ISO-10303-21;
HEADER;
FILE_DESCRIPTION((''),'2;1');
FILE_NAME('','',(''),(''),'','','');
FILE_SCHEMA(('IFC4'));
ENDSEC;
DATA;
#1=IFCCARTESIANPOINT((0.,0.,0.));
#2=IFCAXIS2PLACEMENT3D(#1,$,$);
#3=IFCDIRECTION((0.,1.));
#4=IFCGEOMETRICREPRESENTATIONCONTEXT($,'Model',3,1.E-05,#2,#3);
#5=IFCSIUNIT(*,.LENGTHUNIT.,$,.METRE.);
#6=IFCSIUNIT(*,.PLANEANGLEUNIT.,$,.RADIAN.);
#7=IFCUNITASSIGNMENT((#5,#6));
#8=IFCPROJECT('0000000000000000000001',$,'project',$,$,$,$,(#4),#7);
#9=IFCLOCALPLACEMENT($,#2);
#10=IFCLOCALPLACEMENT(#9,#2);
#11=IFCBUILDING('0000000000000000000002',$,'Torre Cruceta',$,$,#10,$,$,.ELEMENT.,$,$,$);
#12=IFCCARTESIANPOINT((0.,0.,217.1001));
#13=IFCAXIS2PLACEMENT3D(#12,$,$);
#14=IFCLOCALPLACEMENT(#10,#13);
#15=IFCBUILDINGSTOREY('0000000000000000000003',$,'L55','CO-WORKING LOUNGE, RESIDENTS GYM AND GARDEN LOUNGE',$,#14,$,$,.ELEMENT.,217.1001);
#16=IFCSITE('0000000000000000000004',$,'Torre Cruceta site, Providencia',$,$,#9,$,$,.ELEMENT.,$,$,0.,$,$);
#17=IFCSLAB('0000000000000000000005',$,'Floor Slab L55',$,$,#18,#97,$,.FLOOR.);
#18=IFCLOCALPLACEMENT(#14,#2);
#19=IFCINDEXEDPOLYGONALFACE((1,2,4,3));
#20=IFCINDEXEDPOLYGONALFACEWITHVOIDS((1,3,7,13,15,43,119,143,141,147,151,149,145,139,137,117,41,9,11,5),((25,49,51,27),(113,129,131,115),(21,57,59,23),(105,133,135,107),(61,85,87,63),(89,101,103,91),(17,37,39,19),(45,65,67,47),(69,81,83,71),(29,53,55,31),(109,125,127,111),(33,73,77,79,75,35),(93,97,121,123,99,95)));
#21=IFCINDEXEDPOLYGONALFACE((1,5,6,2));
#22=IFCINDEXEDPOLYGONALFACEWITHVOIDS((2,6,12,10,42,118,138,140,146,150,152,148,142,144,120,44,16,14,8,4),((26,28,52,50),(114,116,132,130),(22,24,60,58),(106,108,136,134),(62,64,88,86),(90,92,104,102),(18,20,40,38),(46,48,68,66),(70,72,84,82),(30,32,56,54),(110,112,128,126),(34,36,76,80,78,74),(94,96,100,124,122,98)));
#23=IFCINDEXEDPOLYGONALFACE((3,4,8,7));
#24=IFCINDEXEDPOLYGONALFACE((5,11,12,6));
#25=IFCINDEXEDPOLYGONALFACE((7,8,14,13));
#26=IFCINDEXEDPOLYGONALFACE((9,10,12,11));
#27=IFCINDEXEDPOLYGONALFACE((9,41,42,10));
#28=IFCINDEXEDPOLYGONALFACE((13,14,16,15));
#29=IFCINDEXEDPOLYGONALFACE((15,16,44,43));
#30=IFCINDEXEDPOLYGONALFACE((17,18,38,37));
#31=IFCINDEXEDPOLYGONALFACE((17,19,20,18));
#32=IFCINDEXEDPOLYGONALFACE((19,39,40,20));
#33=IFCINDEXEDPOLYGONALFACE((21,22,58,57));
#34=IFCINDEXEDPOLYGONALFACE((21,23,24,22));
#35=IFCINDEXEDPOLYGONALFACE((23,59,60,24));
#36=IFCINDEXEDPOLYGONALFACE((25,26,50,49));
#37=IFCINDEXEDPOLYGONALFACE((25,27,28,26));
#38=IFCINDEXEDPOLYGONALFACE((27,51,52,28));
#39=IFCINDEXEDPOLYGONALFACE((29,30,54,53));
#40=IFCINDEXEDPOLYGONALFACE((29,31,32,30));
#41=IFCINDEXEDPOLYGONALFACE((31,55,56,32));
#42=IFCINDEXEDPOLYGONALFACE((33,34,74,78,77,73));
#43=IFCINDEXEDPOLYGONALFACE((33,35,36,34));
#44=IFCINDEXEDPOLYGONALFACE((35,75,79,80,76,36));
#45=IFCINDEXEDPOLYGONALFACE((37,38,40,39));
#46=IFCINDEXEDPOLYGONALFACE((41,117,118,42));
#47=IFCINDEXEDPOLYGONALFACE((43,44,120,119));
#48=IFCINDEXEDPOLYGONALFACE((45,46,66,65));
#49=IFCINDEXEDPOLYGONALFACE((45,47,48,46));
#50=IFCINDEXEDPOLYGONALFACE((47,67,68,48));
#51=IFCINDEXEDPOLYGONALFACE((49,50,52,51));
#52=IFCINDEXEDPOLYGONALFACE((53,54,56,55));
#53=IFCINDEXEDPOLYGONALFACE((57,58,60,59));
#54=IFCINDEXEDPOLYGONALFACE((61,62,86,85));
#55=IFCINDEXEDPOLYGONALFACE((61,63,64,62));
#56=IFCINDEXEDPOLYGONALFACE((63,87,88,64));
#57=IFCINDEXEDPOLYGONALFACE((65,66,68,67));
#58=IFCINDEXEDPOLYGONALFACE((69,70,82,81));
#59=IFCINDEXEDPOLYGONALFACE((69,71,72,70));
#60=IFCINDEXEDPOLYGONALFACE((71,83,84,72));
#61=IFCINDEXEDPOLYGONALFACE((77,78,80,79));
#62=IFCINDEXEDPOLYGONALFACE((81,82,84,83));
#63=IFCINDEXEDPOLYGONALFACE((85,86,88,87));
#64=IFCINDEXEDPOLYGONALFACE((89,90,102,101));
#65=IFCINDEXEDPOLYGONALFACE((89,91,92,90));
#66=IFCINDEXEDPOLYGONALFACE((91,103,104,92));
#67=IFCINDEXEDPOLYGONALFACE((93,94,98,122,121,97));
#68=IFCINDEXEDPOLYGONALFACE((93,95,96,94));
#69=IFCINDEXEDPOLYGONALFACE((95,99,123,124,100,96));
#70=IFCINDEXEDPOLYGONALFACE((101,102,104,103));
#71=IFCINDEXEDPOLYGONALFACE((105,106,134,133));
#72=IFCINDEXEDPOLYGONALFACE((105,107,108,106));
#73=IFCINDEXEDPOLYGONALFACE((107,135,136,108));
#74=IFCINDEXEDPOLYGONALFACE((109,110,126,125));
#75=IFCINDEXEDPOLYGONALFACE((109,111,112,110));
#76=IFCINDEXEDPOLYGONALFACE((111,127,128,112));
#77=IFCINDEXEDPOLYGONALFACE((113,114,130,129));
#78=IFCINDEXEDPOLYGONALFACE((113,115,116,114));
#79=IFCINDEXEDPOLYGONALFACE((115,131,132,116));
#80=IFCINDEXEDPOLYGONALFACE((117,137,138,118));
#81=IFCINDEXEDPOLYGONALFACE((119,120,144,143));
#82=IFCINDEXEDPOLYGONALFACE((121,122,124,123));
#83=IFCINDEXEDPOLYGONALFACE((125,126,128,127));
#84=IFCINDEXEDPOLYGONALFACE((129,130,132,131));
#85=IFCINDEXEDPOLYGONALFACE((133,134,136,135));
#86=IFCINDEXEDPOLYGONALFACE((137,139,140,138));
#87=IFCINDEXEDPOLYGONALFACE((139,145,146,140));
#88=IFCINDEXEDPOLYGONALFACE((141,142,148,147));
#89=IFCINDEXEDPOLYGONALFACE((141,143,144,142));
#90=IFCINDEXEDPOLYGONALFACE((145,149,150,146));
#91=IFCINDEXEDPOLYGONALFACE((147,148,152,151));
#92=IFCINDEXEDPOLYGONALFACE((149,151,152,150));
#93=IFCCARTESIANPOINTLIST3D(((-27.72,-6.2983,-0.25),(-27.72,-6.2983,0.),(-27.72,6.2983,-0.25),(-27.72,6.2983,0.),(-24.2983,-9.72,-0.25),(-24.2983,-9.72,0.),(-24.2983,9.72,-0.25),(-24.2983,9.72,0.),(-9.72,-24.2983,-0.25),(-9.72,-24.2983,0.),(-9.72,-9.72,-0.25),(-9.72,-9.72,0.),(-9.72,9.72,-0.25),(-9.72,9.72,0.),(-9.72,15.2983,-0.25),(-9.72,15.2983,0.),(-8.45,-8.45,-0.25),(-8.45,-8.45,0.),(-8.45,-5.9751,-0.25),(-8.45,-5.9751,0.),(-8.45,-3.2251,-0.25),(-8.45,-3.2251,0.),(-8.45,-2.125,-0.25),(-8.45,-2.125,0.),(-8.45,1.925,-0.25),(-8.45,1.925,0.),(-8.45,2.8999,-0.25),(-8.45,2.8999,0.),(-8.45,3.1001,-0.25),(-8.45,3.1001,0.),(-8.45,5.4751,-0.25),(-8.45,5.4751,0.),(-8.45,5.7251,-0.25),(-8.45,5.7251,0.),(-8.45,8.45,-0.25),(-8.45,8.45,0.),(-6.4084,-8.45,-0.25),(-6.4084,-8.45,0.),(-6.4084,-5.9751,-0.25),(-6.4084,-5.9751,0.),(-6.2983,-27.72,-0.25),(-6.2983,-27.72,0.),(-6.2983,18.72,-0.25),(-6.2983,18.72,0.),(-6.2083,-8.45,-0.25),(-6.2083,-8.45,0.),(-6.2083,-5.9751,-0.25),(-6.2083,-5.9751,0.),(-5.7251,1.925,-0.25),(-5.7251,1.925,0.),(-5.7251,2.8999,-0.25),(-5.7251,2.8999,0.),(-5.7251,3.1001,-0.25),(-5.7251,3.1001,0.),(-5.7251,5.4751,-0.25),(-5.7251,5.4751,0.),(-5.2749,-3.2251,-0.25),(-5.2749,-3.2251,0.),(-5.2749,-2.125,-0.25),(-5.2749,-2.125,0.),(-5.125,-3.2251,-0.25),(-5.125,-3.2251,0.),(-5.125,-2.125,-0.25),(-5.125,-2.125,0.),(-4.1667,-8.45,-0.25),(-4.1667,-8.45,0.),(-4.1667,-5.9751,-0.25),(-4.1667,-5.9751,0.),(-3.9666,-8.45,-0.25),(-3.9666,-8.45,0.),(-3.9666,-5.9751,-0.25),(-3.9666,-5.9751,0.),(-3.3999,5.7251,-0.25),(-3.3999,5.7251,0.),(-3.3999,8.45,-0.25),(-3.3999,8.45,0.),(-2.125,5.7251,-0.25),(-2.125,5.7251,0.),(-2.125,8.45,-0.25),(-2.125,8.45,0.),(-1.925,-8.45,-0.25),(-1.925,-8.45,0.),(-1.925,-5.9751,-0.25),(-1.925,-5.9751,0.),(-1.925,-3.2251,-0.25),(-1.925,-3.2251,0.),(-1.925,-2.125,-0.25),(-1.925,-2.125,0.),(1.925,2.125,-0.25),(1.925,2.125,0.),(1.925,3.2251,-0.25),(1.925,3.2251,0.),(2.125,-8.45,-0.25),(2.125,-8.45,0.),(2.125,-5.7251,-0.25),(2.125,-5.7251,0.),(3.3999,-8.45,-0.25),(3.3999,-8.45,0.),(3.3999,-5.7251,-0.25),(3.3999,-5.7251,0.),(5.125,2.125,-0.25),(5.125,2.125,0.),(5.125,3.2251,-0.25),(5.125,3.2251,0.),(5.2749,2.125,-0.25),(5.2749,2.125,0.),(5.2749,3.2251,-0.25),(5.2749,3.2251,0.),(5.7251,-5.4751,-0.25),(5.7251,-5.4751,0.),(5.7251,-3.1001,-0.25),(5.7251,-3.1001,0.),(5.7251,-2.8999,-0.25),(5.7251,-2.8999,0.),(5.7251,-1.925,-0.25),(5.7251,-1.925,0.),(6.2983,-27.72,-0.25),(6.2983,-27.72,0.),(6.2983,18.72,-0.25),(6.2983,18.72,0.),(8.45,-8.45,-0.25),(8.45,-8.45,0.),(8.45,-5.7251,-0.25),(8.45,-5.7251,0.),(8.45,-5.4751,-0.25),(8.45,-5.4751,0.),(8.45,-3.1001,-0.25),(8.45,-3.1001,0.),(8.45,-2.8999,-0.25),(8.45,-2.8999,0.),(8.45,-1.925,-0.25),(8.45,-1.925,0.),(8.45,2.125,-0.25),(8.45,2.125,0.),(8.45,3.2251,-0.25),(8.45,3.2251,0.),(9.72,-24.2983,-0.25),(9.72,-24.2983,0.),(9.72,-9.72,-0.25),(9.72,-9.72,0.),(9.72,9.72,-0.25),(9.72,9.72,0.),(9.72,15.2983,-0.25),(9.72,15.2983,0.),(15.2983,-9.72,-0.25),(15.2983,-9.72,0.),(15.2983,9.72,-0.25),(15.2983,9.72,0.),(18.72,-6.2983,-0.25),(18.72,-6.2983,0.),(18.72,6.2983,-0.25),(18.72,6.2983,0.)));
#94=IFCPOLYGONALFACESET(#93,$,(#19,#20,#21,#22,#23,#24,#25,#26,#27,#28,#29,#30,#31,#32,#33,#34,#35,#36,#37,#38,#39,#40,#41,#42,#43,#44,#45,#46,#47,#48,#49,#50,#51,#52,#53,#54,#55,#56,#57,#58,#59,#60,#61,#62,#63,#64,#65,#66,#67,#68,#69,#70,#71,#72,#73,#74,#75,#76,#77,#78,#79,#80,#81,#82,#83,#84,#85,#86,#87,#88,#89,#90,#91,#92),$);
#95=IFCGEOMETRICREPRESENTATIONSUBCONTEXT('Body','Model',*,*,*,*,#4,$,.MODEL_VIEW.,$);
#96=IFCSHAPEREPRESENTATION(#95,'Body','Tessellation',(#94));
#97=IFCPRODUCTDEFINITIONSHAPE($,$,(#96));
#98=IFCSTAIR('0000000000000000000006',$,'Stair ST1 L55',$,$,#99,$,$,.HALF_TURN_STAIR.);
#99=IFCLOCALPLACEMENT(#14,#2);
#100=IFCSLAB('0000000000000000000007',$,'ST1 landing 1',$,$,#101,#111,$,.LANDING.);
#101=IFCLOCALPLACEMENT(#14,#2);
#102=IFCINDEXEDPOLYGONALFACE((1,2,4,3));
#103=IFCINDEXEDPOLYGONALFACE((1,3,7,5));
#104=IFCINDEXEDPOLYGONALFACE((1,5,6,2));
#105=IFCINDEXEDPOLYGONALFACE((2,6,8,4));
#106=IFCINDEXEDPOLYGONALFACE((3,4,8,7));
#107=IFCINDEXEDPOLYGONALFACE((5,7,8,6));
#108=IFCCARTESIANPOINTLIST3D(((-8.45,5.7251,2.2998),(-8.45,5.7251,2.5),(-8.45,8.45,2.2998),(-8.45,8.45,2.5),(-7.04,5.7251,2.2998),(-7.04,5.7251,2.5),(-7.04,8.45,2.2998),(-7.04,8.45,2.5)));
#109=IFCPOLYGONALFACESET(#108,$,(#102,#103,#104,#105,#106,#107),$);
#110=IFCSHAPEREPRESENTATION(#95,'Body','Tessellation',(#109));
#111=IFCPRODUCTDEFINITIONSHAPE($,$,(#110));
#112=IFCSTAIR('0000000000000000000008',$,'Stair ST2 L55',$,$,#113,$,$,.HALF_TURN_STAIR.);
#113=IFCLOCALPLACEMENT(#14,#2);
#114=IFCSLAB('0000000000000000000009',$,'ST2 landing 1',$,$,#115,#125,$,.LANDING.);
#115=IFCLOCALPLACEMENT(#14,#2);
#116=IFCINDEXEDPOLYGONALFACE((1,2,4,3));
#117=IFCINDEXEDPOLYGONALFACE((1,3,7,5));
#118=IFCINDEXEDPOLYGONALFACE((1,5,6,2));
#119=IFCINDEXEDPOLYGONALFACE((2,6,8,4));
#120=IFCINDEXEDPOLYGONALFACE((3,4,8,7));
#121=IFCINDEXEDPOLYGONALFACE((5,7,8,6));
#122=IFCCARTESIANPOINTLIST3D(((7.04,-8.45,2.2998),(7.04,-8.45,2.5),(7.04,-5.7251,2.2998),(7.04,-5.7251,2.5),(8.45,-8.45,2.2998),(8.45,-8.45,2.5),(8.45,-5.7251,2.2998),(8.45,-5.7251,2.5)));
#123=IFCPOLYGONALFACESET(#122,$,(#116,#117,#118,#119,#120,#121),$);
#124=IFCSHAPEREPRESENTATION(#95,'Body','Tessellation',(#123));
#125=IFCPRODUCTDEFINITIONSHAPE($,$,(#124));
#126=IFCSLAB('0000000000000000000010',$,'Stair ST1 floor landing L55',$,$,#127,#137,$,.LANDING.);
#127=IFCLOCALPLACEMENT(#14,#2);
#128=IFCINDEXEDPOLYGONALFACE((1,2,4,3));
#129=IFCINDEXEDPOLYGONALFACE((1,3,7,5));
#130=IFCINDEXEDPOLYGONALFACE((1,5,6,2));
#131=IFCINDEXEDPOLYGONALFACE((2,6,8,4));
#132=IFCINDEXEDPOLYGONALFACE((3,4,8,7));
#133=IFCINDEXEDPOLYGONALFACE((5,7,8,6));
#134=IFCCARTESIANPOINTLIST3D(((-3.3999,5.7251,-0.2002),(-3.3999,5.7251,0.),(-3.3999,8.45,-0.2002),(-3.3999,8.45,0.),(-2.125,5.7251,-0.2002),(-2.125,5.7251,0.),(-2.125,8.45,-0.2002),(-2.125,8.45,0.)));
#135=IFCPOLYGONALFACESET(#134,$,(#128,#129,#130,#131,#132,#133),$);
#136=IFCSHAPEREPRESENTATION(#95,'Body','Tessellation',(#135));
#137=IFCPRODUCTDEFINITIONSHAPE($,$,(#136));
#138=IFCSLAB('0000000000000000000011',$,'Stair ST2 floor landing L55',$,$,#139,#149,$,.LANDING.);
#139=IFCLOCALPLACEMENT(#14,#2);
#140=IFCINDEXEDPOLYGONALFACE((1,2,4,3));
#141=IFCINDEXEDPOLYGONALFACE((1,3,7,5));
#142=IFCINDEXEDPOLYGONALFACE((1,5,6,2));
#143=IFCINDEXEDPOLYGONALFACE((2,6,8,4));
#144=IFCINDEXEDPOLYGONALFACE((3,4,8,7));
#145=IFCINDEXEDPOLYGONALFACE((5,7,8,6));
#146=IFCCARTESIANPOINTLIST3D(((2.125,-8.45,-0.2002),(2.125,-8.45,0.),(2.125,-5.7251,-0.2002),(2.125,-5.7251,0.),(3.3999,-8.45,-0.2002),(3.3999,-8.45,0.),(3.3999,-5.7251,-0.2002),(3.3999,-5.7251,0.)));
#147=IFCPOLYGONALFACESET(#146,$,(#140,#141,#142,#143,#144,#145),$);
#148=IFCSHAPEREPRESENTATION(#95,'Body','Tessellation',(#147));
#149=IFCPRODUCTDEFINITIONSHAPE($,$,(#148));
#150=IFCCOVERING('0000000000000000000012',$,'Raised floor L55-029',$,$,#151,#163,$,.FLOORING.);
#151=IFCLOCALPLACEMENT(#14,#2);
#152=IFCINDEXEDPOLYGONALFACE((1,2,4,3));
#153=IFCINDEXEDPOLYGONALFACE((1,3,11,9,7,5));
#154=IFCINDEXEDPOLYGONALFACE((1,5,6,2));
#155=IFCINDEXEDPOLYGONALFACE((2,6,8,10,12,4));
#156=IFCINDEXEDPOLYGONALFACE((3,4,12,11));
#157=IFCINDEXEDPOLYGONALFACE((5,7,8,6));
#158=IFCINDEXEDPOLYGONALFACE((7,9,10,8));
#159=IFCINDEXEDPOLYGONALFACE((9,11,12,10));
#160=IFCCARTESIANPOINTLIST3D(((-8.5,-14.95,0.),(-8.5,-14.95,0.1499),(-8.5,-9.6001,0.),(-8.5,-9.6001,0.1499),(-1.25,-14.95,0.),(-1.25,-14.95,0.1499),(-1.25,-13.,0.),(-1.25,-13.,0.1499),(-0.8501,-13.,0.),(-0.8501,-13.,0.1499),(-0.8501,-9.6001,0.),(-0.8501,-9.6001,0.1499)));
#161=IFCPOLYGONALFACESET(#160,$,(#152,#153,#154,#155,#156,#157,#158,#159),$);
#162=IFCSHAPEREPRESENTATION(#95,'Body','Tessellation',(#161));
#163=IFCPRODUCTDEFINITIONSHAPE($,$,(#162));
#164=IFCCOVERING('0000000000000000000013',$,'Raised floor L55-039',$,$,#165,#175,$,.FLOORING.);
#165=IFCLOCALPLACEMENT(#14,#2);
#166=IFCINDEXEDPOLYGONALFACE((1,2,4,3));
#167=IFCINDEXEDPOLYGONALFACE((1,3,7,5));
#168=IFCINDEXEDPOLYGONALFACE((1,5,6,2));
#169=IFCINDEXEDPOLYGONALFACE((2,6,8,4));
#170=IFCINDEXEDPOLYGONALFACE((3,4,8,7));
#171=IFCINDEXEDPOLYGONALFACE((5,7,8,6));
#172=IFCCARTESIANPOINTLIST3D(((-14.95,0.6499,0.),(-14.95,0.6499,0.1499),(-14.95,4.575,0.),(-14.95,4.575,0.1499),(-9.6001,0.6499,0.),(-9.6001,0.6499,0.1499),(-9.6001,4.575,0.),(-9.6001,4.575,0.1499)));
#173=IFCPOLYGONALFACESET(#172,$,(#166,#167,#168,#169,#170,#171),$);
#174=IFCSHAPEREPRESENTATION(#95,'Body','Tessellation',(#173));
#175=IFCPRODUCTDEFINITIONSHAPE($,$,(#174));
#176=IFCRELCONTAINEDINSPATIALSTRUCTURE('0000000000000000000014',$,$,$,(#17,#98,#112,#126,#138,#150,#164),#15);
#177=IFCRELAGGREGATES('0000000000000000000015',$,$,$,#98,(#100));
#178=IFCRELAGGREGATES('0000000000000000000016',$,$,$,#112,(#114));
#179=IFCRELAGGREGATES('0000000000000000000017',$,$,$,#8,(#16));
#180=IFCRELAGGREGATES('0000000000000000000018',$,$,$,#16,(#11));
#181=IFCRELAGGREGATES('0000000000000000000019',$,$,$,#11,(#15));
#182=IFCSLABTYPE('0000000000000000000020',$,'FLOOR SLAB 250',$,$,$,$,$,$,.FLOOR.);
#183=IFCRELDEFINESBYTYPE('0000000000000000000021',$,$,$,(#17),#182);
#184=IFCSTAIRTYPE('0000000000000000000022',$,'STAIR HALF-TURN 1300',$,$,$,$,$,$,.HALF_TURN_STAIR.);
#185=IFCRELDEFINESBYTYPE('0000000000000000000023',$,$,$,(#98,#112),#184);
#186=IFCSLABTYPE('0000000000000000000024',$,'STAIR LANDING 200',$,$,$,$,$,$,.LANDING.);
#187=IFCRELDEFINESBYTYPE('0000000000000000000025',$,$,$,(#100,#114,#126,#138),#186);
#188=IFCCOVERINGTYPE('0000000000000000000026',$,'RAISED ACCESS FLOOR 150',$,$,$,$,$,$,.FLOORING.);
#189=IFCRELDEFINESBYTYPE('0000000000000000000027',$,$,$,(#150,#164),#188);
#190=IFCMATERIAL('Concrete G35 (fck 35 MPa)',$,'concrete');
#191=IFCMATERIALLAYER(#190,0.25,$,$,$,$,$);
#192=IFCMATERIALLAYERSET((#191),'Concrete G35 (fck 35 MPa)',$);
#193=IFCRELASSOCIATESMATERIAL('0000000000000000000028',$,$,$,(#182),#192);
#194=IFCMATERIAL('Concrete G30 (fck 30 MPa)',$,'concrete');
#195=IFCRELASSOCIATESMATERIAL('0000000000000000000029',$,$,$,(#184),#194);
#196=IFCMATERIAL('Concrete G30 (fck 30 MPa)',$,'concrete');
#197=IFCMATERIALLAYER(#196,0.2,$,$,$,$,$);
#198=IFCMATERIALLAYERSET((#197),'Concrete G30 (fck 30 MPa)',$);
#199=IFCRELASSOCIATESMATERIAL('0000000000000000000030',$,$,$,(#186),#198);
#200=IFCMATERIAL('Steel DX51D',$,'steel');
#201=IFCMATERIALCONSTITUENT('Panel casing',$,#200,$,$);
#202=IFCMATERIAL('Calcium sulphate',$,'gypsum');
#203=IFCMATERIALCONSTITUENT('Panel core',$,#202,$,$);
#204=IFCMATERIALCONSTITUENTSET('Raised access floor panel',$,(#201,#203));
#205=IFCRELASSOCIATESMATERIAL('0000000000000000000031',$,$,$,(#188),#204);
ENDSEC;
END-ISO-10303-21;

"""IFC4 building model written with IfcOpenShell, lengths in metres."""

from ifc_helpers import new_model, si_unit, direction, frame, origin, place, context, subcontext, project, spatial, polyline, outline, extrude, material, layer, layer_set, constituent, constituent_set, type_object, element, aggregate, save


model = new_model("IFC4")

# Units and contexts
model_context = context("Model", 3, precision=1e-05, world=origin(), true_north=direction((0.0, 1.0)))
body_context = subcontext(model_context, "Body", "Model", "MODEL_VIEW")
ifc_project = project(units=[si_unit("LENGTHUNIT", "METRE"), si_unit("PLANEANGLEUNIT", "RADIAN")], contexts=[model_context])

# Site, building, storey
site_placement = place(None, origin())
site = spatial("IfcSite", under=ifc_project, at=site_placement, Name="Torre Cruceta site, Providencia", CompositionType="ELEMENT", RefElevation=0.0)
building_placement = place(site_placement, origin())
building = spatial("IfcBuilding", under=site, at=building_placement, Name="Torre Cruceta", CompositionType="ELEMENT")
storey_placement = place(building_placement, frame((0.0, 0.0, 217.1001)))
storey = spatial("IfcBuildingStorey", under=building, at=storey_placement, Name="L55", Description="CO-WORKING LOUNGE, RESIDENTS GYM AND GARDEN LOUNGE", CompositionType="ELEMENT", Elevation=217.1001)

# Slab
ifc_material_1 = material(Name="Concrete G35 (fck 35 MPa)", Category="concrete")
ifc_layer_1 = layer(ifc_material_1, 0.25)
ifc_layer_set_1 = layer_set([ifc_layer_1], Name="Concrete G35 (fck 35 MPa)")
slab_type_1 = type_object("IfcSlabType", Name="FLOOR SLAB 250", PredefinedType="FLOOR", material=ifc_layer_set_1)
slab_1_placement = place(storey_placement, frame((0.0, 0.0, -0.25)))
element("IfcSlab", 1, at=slab_1_placement, inside=storey, type_object=slab_type_1, Name="Floor Slab L55", PredefinedType="FLOOR", context=body_context, shape_type="SweptSolid", body=[
    extrude(outline(polyline([(9.72, -9.72), (9.72, -24.2983), (6.2983, -27.72), (-6.2983, -27.72), (-9.72, -24.2983), (-9.72, -9.72), (-24.2983, -9.72), (-27.72, -6.2983), (-27.72, 6.2983), (-24.2983, 9.72), (-9.72, 9.72), (-9.72, 15.2983), (-6.2983, 18.72), (6.2983, 18.72), (9.72, 15.2983), (9.72, 9.72), (15.2983, 9.72), (18.72, 6.2983), (18.72, -6.2983), (15.2983, -9.72), (9.72, -9.72)]), holes=[polyline([(1.925, 2.125), (5.125, 2.125), (5.125, 3.2251), (1.925, 3.2251), (1.925, 2.125)]), polyline([(5.2749, 2.125), (8.45, 2.125), (8.45, 3.2251), (5.2749, 3.2251), (5.2749, 2.125)]), polyline([(-8.45, 3.1001), (-5.7251, 3.1001), (-5.7251, 5.4751), (-8.45, 5.4751), (-8.45, 3.1001)]), polyline([(-8.45, 1.925), (-5.7251, 1.925), (-5.7251, 2.8999), (-8.45, 2.8999), (-8.45, 1.925)]), polyline([(-3.9666, -8.45), (-1.925, -8.45), (-1.925, -5.9751), (-3.9666, -5.9751), (-3.9666, -8.45)]), polyline([(-6.2083, -8.45), (-4.1667, -8.45), (-4.1667, -5.9751), (-6.2083, -5.9751), (-6.2083, -8.45)]), polyline([(-8.45, -8.45), (-6.4084, -8.45), (-6.4084, -5.9751), (-8.45, -5.9751), (-8.45, -8.45)]), polyline([(-5.125, -3.2251), (-1.925, -3.2251), (-1.925, -2.125), (-5.125, -2.125), (-5.125, -3.2251)]), polyline([(-8.45, -3.2251), (-5.2749, -3.2251), (-5.2749, -2.125), (-8.45, -2.125), (-8.45, -3.2251)]), polyline([(5.7251, -5.4751), (8.45, -5.4751), (8.45, -3.1001), (5.7251, -3.1001), (5.7251, -5.4751)]), polyline([(5.7251, -2.8999), (8.45, -2.8999), (8.45, -1.925), (5.7251, -1.925), (5.7251, -2.8999)]), polyline([(-8.45, 5.7251), (-8.45, 8.45), (-3.3999, 8.45), (-2.125, 8.45), (-2.125, 5.7251), (-3.3999, 5.7251), (-8.45, 5.7251)]), polyline([(2.125, -5.7251), (3.3999, -5.7251), (8.45, -5.7251), (8.45, -8.45), (3.3999, -8.45), (2.125, -8.45), (2.125, -5.7251)])]), origin(), (0.0, 0.0, 1.0), 0.25),
])

# Stairs, slabs
ifc_material_2 = material(Name="Concrete G30 (fck 30 MPa)", Category="concrete")
stair_type = type_object("IfcStairType", Name="STAIR HALF-TURN 1300", PredefinedType="HALF_TURN_STAIR", material=ifc_material_2)
stair_1_placement = place(storey_placement, origin())
stair_1 = element("IfcStair", 2, at=stair_1_placement, inside=storey, type_object=stair_type, Name="Stair ST1 L55", PredefinedType="HALF_TURN_STAIR")
ifc_material_3 = material(Name="Concrete G30 (fck 30 MPa)", Category="concrete")
ifc_layer_2 = layer(ifc_material_3, 0.2)
ifc_layer_set_2 = layer_set([ifc_layer_2], Name="Concrete G30 (fck 30 MPa)")
slab_type_2 = type_object("IfcSlabType", Name="STAIR LANDING 200", PredefinedType="LANDING", material=ifc_layer_set_2)
slab_2_placement = place(storey_placement, frame((0.0, 0.0, 2.2998)))
slab_2 = element("IfcSlab", 3, at=slab_2_placement, type_object=slab_type_2, Name="ST1 landing 1", PredefinedType="LANDING", context=body_context, shape_type="SweptSolid", body=[
    extrude(outline(polyline([(-8.45, 5.7251), (-7.04, 5.7251), (-7.04, 8.45), (-8.45, 8.45), (-8.45, 5.7251)])), origin(), (0.0, 0.0, 1.0), 0.2002),
])
aggregate(stair_1, [slab_2])
stair_2_placement = place(storey_placement, origin())
stair_2 = element("IfcStair", 4, at=stair_2_placement, inside=storey, type_object=stair_type, Name="Stair ST2 L55", PredefinedType="HALF_TURN_STAIR")
slab_3_placement = place(storey_placement, frame((0.0, 0.0, 2.2998)))
slab_3 = element("IfcSlab", 5, at=slab_3_placement, type_object=slab_type_2, Name="ST2 landing 1", PredefinedType="LANDING", context=body_context, shape_type="SweptSolid", body=[
    extrude(outline(polyline([(7.04, -8.45), (8.45, -8.45), (8.45, -5.7251), (7.04, -5.7251), (7.04, -8.45)])), origin(), (0.0, 0.0, 1.0), 0.2002),
])
aggregate(stair_2, [slab_3])

# Slabs
slab_4_placement = place(storey_placement, frame((0.0, 0.0, -0.2002)))
element("IfcSlab", 6, at=slab_4_placement, inside=storey, type_object=slab_type_2, Name="Stair ST1 floor landing L55", PredefinedType="LANDING", context=body_context, shape_type="SweptSolid", body=[
    extrude(outline(polyline([(-2.125, 8.45), (-2.125, 5.7251), (-3.3999, 5.7251), (-3.3999, 8.45), (-2.125, 8.45)])), origin(), (0.0, 0.0, 1.0), 0.2002),
])
slab_5_placement = place(storey_placement, frame((0.0, 0.0, -0.2002)))
element("IfcSlab", 7, at=slab_5_placement, inside=storey, type_object=slab_type_2, Name="Stair ST2 floor landing L55", PredefinedType="LANDING", context=body_context, shape_type="SweptSolid", body=[
    extrude(outline(polyline([(2.125, -8.45), (2.125, -5.7251), (3.3999, -5.7251), (3.3999, -8.45), (2.125, -8.45)])), origin(), (0.0, 0.0, 1.0), 0.2002),
])

# Coverings
ifc_material_4 = material(Name="Steel DX51D", Category="steel")
ifc_constituent_1 = constituent(ifc_material_4, Name="Panel casing")
ifc_material_5 = material(Name="Calcium sulphate", Category="gypsum")
ifc_constituent_2 = constituent(ifc_material_5, Name="Panel core")
ifc_constituent_set = constituent_set(constituents=[ifc_constituent_1, ifc_constituent_2], Name="Raised access floor panel")
covering_type_1 = type_object("IfcCoveringType", Name="RAISED ACCESS FLOOR 150", PredefinedType="FLOORING", material=ifc_constituent_set)
covering_1_placement = place(storey_placement, origin())
element("IfcCovering", 8, at=covering_1_placement, inside=storey, type_object=covering_type_1, Name="Raised floor L55-029", PredefinedType="FLOORING", context=body_context, shape_type="SweptSolid", body=[
    extrude(outline(polyline([(-8.5, -14.95), (-8.5, -9.6001), (-0.8501, -9.6001), (-0.8501, -13.0), (-1.25, -13.0), (-1.25, -14.95), (-8.5, -14.95)])), origin(), (0.0, 0.0, 1.0), 0.1499),
])
covering_2_placement = place(storey_placement, origin())
element("IfcCovering", 9, at=covering_2_placement, inside=storey, type_object=covering_type_1, Name="Raised floor L55-039", PredefinedType="FLOORING", context=body_context, shape_type="SweptSolid", body=[
    extrude(outline(polyline([(-9.6001, 4.575), (-9.6001, 0.6499), (-14.95, 0.6499), (-14.95, 4.575), (-9.6001, 4.575)])), origin(), (0.0, 0.0, 1.0), 0.1499),
])

save(model, "model.ifc")
